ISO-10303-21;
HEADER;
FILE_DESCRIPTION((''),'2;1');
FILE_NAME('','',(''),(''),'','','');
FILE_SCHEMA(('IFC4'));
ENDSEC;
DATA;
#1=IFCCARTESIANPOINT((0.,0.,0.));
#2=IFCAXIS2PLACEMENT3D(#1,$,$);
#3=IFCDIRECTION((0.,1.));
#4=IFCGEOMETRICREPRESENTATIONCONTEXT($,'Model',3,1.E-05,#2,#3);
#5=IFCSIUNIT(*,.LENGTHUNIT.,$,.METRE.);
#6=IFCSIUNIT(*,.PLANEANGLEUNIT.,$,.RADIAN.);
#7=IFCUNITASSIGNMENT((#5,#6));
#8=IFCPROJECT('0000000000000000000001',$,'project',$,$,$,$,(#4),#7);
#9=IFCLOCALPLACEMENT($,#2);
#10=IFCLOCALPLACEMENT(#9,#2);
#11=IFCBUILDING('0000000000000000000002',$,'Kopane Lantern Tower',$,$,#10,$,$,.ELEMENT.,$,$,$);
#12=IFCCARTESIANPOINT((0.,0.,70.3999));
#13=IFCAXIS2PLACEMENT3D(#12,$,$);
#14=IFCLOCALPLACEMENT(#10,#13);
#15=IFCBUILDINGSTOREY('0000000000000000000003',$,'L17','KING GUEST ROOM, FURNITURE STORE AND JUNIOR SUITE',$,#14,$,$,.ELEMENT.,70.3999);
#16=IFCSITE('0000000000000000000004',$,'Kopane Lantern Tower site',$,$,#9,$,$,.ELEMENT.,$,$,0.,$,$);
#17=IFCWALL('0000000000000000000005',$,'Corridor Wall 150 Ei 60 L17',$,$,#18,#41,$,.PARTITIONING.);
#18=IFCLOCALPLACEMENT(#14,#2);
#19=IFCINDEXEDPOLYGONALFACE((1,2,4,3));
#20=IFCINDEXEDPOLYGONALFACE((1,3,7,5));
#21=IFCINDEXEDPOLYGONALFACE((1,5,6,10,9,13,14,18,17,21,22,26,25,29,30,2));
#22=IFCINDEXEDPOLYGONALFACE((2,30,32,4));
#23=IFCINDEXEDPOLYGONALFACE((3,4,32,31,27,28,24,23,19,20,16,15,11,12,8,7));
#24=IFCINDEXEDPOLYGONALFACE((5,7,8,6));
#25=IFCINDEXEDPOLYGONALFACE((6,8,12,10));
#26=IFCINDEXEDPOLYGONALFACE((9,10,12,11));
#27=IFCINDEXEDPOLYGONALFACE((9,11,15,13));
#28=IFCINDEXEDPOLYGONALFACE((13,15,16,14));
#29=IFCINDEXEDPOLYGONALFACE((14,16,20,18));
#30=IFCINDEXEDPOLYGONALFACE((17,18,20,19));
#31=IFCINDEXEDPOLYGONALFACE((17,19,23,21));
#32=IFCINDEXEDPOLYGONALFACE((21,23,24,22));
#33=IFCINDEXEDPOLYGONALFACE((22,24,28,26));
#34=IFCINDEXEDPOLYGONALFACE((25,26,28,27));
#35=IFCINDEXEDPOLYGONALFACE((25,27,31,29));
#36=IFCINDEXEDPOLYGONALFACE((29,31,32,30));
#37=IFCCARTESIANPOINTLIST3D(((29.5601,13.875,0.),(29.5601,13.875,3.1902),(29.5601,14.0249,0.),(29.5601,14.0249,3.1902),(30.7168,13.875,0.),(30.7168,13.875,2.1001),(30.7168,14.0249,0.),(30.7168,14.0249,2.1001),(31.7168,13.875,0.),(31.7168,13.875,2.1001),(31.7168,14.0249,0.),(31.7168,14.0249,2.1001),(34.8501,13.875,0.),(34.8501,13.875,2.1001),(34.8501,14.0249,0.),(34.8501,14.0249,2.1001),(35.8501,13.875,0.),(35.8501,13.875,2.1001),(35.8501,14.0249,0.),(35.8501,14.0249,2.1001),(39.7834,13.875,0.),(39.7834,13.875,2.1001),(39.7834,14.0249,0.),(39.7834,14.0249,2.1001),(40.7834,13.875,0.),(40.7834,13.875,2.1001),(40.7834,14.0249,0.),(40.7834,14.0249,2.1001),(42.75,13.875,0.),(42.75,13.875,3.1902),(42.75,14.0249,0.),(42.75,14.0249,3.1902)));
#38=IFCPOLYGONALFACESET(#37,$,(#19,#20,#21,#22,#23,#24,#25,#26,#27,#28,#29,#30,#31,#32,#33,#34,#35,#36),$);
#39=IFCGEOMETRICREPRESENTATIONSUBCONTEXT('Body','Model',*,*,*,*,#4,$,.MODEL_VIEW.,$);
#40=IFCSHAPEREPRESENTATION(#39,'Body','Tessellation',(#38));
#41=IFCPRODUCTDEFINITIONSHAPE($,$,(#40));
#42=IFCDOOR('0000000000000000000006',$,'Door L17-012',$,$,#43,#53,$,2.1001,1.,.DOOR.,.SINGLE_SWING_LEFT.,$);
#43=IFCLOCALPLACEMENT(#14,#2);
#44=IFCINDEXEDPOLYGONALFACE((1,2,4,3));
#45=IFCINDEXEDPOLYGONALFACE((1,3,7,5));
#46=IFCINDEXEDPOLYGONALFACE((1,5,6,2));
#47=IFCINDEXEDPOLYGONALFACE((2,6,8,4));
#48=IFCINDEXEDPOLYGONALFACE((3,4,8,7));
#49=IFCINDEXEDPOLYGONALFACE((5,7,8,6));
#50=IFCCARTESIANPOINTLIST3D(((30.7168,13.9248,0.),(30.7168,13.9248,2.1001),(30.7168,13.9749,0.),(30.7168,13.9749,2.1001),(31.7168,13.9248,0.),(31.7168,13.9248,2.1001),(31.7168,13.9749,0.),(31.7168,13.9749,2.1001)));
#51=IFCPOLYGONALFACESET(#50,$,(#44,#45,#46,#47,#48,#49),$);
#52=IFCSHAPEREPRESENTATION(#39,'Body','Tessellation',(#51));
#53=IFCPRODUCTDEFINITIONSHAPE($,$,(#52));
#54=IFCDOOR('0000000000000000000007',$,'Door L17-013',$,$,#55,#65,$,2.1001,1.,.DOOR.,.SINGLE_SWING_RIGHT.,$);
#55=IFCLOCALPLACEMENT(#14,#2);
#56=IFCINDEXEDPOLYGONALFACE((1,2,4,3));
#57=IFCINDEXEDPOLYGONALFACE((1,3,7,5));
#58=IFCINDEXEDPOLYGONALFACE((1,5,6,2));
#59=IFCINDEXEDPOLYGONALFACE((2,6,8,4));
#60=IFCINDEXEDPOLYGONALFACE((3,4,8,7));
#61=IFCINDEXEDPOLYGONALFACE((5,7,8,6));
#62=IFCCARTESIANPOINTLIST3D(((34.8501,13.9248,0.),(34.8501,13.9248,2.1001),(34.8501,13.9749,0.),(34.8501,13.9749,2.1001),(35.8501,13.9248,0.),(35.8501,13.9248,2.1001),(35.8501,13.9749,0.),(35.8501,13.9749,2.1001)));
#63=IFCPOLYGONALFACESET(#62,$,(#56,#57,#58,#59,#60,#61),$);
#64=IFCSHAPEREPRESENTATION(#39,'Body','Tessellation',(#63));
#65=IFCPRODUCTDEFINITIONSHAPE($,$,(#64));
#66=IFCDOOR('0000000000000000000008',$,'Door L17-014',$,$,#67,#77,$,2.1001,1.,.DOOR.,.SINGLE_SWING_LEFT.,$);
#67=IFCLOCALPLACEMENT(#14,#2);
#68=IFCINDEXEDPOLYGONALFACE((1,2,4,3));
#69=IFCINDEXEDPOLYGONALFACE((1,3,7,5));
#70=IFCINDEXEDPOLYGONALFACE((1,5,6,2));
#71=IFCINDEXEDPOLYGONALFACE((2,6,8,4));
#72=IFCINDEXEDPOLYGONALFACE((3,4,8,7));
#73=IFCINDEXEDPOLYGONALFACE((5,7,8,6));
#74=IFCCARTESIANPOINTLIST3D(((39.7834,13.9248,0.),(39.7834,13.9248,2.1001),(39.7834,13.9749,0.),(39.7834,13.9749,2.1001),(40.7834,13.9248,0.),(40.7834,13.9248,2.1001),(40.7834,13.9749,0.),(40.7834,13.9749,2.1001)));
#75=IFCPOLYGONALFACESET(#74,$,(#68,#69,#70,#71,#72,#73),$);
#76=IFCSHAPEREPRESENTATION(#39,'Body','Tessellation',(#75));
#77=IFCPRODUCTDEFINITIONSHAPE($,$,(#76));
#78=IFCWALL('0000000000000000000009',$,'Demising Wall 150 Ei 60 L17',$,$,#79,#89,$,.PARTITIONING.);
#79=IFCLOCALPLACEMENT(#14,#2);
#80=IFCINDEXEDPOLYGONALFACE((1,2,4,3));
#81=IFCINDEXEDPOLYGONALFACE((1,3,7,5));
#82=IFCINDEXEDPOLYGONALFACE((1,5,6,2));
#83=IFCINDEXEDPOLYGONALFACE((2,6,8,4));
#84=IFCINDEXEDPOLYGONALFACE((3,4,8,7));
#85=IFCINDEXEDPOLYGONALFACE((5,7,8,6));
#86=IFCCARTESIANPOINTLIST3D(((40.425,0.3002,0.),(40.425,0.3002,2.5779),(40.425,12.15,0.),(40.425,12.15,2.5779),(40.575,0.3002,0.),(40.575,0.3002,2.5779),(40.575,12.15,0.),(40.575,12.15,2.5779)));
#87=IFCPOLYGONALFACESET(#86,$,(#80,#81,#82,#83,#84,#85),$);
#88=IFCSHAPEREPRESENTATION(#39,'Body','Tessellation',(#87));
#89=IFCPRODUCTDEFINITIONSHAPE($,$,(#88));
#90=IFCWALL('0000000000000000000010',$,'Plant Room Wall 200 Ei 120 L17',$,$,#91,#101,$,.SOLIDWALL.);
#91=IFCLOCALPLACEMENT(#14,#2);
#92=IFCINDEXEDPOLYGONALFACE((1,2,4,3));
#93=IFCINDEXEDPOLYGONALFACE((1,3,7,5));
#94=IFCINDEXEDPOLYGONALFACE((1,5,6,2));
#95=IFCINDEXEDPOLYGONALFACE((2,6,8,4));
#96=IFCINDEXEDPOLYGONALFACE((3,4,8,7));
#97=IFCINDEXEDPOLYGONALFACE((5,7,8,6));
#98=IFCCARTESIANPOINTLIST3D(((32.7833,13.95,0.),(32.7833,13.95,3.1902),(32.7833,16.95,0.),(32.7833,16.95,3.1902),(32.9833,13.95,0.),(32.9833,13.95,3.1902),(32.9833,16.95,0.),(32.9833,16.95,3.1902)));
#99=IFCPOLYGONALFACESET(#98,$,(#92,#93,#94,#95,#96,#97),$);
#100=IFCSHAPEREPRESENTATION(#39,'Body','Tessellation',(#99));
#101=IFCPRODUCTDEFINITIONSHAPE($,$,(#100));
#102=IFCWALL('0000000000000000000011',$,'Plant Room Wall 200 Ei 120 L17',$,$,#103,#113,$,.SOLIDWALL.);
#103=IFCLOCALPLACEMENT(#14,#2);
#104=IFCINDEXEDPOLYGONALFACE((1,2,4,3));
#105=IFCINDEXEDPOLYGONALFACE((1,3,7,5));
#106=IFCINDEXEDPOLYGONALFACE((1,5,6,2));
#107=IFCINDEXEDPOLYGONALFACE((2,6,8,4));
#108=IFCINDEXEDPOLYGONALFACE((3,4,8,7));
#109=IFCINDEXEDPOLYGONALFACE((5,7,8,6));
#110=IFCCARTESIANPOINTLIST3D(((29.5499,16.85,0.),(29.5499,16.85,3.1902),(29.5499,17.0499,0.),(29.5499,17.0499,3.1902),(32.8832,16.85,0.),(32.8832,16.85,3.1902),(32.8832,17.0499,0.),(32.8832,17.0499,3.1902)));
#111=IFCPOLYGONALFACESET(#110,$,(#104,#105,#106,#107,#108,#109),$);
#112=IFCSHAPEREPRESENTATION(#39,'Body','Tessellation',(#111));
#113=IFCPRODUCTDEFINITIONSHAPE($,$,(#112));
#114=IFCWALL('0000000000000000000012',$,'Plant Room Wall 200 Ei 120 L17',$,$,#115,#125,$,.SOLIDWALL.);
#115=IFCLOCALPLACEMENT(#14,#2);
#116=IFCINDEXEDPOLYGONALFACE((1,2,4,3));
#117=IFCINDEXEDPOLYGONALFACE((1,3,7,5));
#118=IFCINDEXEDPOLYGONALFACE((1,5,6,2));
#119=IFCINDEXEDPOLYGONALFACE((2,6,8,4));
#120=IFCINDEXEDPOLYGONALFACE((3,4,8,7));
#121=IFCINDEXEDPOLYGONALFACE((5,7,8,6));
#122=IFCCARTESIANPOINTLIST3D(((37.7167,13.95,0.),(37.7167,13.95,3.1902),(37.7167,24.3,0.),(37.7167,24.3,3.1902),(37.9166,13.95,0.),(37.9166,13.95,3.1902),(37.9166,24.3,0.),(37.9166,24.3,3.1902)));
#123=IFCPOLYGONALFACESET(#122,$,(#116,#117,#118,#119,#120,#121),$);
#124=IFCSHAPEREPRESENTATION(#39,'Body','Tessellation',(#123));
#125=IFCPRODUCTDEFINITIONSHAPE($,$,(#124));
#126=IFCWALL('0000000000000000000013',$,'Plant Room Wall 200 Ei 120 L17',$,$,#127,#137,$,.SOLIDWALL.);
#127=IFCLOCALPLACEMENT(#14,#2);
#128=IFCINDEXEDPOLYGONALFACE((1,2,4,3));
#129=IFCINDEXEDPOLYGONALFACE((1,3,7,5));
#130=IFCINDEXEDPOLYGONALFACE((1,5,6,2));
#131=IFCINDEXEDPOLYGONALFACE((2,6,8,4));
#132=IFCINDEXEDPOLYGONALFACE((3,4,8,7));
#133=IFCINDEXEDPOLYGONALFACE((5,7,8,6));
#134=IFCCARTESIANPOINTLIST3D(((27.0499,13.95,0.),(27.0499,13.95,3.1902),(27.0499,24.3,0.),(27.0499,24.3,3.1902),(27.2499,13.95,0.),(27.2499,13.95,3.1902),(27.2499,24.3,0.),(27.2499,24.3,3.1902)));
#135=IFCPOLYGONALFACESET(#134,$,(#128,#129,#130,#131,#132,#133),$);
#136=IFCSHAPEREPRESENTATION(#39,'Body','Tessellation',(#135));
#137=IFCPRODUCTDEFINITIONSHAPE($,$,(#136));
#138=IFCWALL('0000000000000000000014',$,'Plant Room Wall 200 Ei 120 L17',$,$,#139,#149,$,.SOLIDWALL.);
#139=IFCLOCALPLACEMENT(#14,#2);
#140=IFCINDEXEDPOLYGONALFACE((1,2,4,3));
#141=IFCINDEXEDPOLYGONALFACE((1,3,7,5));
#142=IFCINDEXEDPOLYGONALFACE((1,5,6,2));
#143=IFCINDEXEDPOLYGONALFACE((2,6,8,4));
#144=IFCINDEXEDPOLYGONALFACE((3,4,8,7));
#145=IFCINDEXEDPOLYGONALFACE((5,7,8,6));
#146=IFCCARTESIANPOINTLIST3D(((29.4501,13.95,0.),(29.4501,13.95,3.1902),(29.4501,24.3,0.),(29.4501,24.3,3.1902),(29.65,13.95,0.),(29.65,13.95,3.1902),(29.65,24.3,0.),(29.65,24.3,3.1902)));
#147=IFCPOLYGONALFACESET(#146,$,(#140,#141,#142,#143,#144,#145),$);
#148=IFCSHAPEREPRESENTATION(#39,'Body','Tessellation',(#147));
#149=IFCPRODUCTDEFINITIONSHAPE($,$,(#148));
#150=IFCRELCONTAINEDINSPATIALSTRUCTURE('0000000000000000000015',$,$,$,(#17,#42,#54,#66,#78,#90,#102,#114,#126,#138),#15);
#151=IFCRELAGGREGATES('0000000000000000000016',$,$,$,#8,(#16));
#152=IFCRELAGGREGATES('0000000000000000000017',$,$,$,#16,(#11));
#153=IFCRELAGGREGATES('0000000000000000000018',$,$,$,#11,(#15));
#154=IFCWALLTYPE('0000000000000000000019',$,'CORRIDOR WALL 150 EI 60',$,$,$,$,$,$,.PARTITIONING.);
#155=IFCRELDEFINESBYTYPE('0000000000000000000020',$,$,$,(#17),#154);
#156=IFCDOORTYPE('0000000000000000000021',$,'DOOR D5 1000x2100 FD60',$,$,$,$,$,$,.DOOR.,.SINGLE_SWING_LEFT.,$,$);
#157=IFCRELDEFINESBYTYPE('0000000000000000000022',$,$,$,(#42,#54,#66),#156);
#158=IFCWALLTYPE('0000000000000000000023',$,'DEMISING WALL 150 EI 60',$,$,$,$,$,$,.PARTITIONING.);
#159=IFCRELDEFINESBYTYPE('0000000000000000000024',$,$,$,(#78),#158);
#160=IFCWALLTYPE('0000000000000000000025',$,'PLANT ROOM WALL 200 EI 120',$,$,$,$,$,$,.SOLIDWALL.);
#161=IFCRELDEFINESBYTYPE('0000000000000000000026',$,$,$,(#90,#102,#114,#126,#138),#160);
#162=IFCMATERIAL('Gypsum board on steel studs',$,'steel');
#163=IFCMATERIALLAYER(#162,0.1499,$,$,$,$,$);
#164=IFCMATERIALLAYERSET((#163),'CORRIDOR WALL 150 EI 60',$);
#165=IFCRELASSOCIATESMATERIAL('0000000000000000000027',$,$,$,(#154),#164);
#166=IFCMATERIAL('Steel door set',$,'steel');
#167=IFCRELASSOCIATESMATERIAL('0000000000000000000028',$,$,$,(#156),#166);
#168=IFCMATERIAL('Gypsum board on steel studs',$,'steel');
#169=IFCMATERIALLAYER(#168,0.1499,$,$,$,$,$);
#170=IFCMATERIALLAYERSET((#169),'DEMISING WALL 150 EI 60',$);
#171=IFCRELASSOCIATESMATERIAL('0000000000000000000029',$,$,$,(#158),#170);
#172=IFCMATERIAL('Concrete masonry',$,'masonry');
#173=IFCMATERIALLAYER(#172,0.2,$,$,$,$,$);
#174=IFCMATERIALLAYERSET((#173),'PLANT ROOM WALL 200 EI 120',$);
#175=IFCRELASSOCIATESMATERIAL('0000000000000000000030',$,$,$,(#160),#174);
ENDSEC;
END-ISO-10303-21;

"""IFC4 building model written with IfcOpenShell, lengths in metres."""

from ifc_helpers import new_model, si_unit, direction, frame, frame_2d, origin, place, context, subcontext, project, spatial, rectangle, extrude, material, layer, layer_set, type_object, element, fill, save


model = new_model("IFC4")

# Units and contexts
model_context = context("Model", 3, precision=1e-05, world=origin(), true_north=direction((0.0, 1.0)))
body_context = subcontext(model_context, "Body", "Model", "MODEL_VIEW")
ifc_project = project(units=[si_unit("LENGTHUNIT", "METRE"), si_unit("PLANEANGLEUNIT", "RADIAN")], contexts=[model_context])

# Site, building, storey
site_placement = place(None, origin())
site = spatial("IfcSite", under=ifc_project, at=site_placement, Name="Kopane Lantern Tower site", CompositionType="ELEMENT", RefElevation=0.0)
building_placement = place(site_placement, origin())
building = spatial("IfcBuilding", under=site, at=building_placement, Name="Kopane Lantern Tower", CompositionType="ELEMENT")
storey_placement = place(building_placement, frame((0.0, 0.0, 70.3999)))
storey = spatial("IfcBuildingStorey", under=building, at=storey_placement, Name="L17", Description="KING GUEST ROOM, FURNITURE STORE AND JUNIOR SUITE", CompositionType="ELEMENT", Elevation=70.3999)

# Wall, openings, doors
ifc_material_1 = material(Name="Gypsum board on steel studs", Category="steel")
ifc_layer_1 = layer(ifc_material_1, 0.1499)
ifc_layer_set_1 = layer_set([ifc_layer_1], Name="CORRIDOR WALL 150 EI 60")
wall_type_1 = type_object("IfcWallType", Name="CORRIDOR WALL 150 EI 60", PredefinedType="PARTITIONING", material=ifc_layer_set_1)
wall_1_placement = place(storey_placement, frame((29.5601, 13.95, 0.0), z_axis=(0.0, 0.0, 1.0), x_axis=(1.0, 0.0, 0.0)))
wall_1 = element("IfcWall", 1, at=wall_1_placement, inside=storey, type_object=wall_type_1, Name="Corridor Wall 150 Ei 60 L17", PredefinedType="PARTITIONING", context=body_context, shape_type="SweptSolid", body=[
    extrude(rectangle(XDim=13.1899, YDim=0.1499, at=frame_2d((6.595, 0.0))), origin(), (0.0, 0.0, 1.0), 3.1902),
])
opening_1_placement = place(wall_1_placement, frame((1.1567, 0.0, 0.0)))
opening_1 = element("IfcOpeningElement", 2, at=opening_1_placement, cuts=wall_1, PredefinedType="OPENING", context=body_context, shape_type="SweptSolid", body=[
    extrude(rectangle(XDim=1.0, YDim=2.1001, at=frame_2d((0.5, 1.05))), frame((0.0, 0.085, 0.0), z_axis=(0.0, -1.0, 0.0), x_axis=(1.0, 0.0, 0.0)), (0.0, 0.0, 1.0), 0.1699),
])
opening_2_placement = place(wall_1_placement, frame((5.29, 0.0, 0.0)))
opening_2 = element("IfcOpeningElement", 3, at=opening_2_placement, cuts=wall_1, PredefinedType="OPENING", context=body_context, shape_type="SweptSolid", body=[
    extrude(rectangle(XDim=1.0, YDim=2.1001, at=frame_2d((0.5, 1.05))), frame((0.0, 0.085, 0.0), z_axis=(0.0, -1.0, 0.0), x_axis=(1.0, 0.0, 0.0)), (0.0, 0.0, 1.0), 0.1699),
])
opening_3_placement = place(wall_1_placement, frame((10.2234, 0.0, 0.0)))
opening_3 = element("IfcOpeningElement", 4, at=opening_3_placement, cuts=wall_1, PredefinedType="OPENING", context=body_context, shape_type="SweptSolid", body=[
    extrude(rectangle(XDim=1.0, YDim=2.1001, at=frame_2d((0.5, 1.05))), frame((0.0, 0.085, 0.0), z_axis=(0.0, -1.0, 0.0), x_axis=(1.0, 0.0, 0.0)), (0.0, 0.0, 1.0), 0.1699),
])
ifc_material_2 = material(Name="Steel door set", Category="steel")
door_type_1 = type_object("IfcDoorType", Name="DOOR D5 1000x2100 FD60", OperationType="SINGLE_SWING_LEFT", PredefinedType="DOOR", material=ifc_material_2)
door_1_placement = place(opening_1_placement, origin())
door_1 = element("IfcDoor", 5, at=door_1_placement, inside=storey, type_object=door_type_1, Name="Door L17-012", OperationType="SINGLE_SWING_LEFT", OverallHeight=2.1001, OverallWidth=1.0, PredefinedType="DOOR", context=body_context, shape_type="SweptSolid", body=[
    extrude(rectangle(XDim=1.0, YDim=2.1001, at=frame_2d((0.5, 1.05))), frame((0.0, 0.0249, 0.0), z_axis=(0.0, -1.0, 0.0), x_axis=(1.0, 0.0, 0.0)), (0.0, 0.0, 1.0), 0.05),
])
fill(opening_1, door_1)
door_2_placement = place(opening_2_placement, origin())
door_2 = element("IfcDoor", 6, at=door_2_placement, inside=storey, type_object=door_type_1, Name="Door L17-013", OperationType="SINGLE_SWING_RIGHT", OverallHeight=2.1001, OverallWidth=1.0, PredefinedType="DOOR", context=body_context, shape_type="SweptSolid", body=[
    extrude(rectangle(XDim=1.0, YDim=2.1001, at=frame_2d((0.5, 1.05))), frame((0.0, 0.0249, 0.0), z_axis=(0.0, -1.0, 0.0), x_axis=(1.0, 0.0, 0.0)), (0.0, 0.0, 1.0), 0.05),
])
fill(opening_2, door_2)
door_3_placement = place(opening_3_placement, origin())
door_3 = element("IfcDoor", 7, at=door_3_placement, inside=storey, type_object=door_type_1, Name="Door L17-014", OperationType="SINGLE_SWING_LEFT", OverallHeight=2.1001, OverallWidth=1.0, PredefinedType="DOOR", context=body_context, shape_type="SweptSolid", body=[
    extrude(rectangle(XDim=1.0, YDim=2.1001, at=frame_2d((0.5, 1.05))), frame((0.0, 0.0249, 0.0), z_axis=(0.0, -1.0, 0.0), x_axis=(1.0, 0.0, 0.0)), (0.0, 0.0, 1.0), 0.05),
])
fill(opening_3, door_3)

# Walls
ifc_material_3 = material(Name="Gypsum board on steel studs", Category="steel")
ifc_layer_2 = layer(ifc_material_3, 0.1499)
ifc_layer_set_2 = layer_set([ifc_layer_2], Name="DEMISING WALL 150 EI 60")
wall_type_2 = type_object("IfcWallType", Name="DEMISING WALL 150 EI 60", PredefinedType="PARTITIONING", material=ifc_layer_set_2)
wall_2_placement = place(storey_placement, frame((40.5, 12.1499, 0.0), z_axis=(0.0, 0.0, 1.0), x_axis=(0.0, -1.0, 0.0)))
element("IfcWall", 8, at=wall_2_placement, inside=storey, type_object=wall_type_2, Name="Demising Wall 150 Ei 60 L17", PredefinedType="PARTITIONING", context=body_context, shape_type="SweptSolid", body=[
    extrude(rectangle(XDim=11.8499, YDim=0.1499, at=frame_2d((5.9248, 0.0))), origin(), (0.0, 0.0, 1.0), 2.5779),
])
ifc_material_4 = material(Name="Concrete masonry", Category="masonry")
ifc_layer_3 = layer(ifc_material_4, 0.2)
ifc_layer_set_3 = layer_set([ifc_layer_3], Name="PLANT ROOM WALL 200 EI 120")
wall_type_3 = type_object("IfcWallType", Name="PLANT ROOM WALL 200 EI 120", PredefinedType="SOLIDWALL", material=ifc_layer_set_3)
wall_3_placement = place(storey_placement, frame((32.8833, 13.95, 0.0), z_axis=(0.0, 0.0, 1.0), x_axis=(0.0, 1.0, 0.0)))
element("IfcWall", 9, at=wall_3_placement, inside=storey, type_object=wall_type_3, Name="Plant Room Wall 200 Ei 120 L17", PredefinedType="SOLIDWALL", context=body_context, shape_type="SweptSolid", body=[
    extrude(rectangle(XDim=3.0, YDim=0.2, at=frame_2d((1.5, 0.0))), origin(), (0.0, 0.0, 1.0), 3.1902),
])
wall_4_placement = place(storey_placement, frame((29.55, 16.95, 0.0), z_axis=(0.0, 0.0, 1.0), x_axis=(1.0, 0.0, 0.0)))
element("IfcWall", 10, at=wall_4_placement, inside=storey, type_object=wall_type_3, Name="Plant Room Wall 200 Ei 120 L17", PredefinedType="SOLIDWALL", context=body_context, shape_type="SweptSolid", body=[
    extrude(rectangle(XDim=3.3333, YDim=0.2, at=frame_2d((1.6665, 0.0))), origin(), (0.0, 0.0, 1.0), 3.1902),
])
for number, where, z_axis, x_axis, name in (
    (11, (37.8167, 13.95, 0.0), (0.0, 0.0, 1.0), (0.0, 1.0, 0.0), "Plant Room Wall 200 Ei 120 L17"),
    (12, (27.1499, 13.95, 0.0), (0.0, 0.0, 1.0), (0.0, 1.0, 0.0), "Plant Room Wall 200 Ei 120 L17"),
    (13, (29.55, 13.95, 0.0), (0.0, 0.0, 1.0), (0.0, 1.0, 0.0), "Plant Room Wall 200 Ei 120 L17"),
):
    element("IfcWall", number, at=place(storey_placement, frame(where, z_axis=z_axis, x_axis=x_axis)), inside=storey, type_object=wall_type_3, Name=name, PredefinedType="SOLIDWALL", context=body_context, shape_type="SweptSolid", body=[
        extrude(rectangle(XDim=10.3501, YDim=0.2, at=frame_2d((5.175, 0.0))), origin(), (0.0, 0.0, 1.0), 3.1902),
    ])

save(model, "model.ifc")
